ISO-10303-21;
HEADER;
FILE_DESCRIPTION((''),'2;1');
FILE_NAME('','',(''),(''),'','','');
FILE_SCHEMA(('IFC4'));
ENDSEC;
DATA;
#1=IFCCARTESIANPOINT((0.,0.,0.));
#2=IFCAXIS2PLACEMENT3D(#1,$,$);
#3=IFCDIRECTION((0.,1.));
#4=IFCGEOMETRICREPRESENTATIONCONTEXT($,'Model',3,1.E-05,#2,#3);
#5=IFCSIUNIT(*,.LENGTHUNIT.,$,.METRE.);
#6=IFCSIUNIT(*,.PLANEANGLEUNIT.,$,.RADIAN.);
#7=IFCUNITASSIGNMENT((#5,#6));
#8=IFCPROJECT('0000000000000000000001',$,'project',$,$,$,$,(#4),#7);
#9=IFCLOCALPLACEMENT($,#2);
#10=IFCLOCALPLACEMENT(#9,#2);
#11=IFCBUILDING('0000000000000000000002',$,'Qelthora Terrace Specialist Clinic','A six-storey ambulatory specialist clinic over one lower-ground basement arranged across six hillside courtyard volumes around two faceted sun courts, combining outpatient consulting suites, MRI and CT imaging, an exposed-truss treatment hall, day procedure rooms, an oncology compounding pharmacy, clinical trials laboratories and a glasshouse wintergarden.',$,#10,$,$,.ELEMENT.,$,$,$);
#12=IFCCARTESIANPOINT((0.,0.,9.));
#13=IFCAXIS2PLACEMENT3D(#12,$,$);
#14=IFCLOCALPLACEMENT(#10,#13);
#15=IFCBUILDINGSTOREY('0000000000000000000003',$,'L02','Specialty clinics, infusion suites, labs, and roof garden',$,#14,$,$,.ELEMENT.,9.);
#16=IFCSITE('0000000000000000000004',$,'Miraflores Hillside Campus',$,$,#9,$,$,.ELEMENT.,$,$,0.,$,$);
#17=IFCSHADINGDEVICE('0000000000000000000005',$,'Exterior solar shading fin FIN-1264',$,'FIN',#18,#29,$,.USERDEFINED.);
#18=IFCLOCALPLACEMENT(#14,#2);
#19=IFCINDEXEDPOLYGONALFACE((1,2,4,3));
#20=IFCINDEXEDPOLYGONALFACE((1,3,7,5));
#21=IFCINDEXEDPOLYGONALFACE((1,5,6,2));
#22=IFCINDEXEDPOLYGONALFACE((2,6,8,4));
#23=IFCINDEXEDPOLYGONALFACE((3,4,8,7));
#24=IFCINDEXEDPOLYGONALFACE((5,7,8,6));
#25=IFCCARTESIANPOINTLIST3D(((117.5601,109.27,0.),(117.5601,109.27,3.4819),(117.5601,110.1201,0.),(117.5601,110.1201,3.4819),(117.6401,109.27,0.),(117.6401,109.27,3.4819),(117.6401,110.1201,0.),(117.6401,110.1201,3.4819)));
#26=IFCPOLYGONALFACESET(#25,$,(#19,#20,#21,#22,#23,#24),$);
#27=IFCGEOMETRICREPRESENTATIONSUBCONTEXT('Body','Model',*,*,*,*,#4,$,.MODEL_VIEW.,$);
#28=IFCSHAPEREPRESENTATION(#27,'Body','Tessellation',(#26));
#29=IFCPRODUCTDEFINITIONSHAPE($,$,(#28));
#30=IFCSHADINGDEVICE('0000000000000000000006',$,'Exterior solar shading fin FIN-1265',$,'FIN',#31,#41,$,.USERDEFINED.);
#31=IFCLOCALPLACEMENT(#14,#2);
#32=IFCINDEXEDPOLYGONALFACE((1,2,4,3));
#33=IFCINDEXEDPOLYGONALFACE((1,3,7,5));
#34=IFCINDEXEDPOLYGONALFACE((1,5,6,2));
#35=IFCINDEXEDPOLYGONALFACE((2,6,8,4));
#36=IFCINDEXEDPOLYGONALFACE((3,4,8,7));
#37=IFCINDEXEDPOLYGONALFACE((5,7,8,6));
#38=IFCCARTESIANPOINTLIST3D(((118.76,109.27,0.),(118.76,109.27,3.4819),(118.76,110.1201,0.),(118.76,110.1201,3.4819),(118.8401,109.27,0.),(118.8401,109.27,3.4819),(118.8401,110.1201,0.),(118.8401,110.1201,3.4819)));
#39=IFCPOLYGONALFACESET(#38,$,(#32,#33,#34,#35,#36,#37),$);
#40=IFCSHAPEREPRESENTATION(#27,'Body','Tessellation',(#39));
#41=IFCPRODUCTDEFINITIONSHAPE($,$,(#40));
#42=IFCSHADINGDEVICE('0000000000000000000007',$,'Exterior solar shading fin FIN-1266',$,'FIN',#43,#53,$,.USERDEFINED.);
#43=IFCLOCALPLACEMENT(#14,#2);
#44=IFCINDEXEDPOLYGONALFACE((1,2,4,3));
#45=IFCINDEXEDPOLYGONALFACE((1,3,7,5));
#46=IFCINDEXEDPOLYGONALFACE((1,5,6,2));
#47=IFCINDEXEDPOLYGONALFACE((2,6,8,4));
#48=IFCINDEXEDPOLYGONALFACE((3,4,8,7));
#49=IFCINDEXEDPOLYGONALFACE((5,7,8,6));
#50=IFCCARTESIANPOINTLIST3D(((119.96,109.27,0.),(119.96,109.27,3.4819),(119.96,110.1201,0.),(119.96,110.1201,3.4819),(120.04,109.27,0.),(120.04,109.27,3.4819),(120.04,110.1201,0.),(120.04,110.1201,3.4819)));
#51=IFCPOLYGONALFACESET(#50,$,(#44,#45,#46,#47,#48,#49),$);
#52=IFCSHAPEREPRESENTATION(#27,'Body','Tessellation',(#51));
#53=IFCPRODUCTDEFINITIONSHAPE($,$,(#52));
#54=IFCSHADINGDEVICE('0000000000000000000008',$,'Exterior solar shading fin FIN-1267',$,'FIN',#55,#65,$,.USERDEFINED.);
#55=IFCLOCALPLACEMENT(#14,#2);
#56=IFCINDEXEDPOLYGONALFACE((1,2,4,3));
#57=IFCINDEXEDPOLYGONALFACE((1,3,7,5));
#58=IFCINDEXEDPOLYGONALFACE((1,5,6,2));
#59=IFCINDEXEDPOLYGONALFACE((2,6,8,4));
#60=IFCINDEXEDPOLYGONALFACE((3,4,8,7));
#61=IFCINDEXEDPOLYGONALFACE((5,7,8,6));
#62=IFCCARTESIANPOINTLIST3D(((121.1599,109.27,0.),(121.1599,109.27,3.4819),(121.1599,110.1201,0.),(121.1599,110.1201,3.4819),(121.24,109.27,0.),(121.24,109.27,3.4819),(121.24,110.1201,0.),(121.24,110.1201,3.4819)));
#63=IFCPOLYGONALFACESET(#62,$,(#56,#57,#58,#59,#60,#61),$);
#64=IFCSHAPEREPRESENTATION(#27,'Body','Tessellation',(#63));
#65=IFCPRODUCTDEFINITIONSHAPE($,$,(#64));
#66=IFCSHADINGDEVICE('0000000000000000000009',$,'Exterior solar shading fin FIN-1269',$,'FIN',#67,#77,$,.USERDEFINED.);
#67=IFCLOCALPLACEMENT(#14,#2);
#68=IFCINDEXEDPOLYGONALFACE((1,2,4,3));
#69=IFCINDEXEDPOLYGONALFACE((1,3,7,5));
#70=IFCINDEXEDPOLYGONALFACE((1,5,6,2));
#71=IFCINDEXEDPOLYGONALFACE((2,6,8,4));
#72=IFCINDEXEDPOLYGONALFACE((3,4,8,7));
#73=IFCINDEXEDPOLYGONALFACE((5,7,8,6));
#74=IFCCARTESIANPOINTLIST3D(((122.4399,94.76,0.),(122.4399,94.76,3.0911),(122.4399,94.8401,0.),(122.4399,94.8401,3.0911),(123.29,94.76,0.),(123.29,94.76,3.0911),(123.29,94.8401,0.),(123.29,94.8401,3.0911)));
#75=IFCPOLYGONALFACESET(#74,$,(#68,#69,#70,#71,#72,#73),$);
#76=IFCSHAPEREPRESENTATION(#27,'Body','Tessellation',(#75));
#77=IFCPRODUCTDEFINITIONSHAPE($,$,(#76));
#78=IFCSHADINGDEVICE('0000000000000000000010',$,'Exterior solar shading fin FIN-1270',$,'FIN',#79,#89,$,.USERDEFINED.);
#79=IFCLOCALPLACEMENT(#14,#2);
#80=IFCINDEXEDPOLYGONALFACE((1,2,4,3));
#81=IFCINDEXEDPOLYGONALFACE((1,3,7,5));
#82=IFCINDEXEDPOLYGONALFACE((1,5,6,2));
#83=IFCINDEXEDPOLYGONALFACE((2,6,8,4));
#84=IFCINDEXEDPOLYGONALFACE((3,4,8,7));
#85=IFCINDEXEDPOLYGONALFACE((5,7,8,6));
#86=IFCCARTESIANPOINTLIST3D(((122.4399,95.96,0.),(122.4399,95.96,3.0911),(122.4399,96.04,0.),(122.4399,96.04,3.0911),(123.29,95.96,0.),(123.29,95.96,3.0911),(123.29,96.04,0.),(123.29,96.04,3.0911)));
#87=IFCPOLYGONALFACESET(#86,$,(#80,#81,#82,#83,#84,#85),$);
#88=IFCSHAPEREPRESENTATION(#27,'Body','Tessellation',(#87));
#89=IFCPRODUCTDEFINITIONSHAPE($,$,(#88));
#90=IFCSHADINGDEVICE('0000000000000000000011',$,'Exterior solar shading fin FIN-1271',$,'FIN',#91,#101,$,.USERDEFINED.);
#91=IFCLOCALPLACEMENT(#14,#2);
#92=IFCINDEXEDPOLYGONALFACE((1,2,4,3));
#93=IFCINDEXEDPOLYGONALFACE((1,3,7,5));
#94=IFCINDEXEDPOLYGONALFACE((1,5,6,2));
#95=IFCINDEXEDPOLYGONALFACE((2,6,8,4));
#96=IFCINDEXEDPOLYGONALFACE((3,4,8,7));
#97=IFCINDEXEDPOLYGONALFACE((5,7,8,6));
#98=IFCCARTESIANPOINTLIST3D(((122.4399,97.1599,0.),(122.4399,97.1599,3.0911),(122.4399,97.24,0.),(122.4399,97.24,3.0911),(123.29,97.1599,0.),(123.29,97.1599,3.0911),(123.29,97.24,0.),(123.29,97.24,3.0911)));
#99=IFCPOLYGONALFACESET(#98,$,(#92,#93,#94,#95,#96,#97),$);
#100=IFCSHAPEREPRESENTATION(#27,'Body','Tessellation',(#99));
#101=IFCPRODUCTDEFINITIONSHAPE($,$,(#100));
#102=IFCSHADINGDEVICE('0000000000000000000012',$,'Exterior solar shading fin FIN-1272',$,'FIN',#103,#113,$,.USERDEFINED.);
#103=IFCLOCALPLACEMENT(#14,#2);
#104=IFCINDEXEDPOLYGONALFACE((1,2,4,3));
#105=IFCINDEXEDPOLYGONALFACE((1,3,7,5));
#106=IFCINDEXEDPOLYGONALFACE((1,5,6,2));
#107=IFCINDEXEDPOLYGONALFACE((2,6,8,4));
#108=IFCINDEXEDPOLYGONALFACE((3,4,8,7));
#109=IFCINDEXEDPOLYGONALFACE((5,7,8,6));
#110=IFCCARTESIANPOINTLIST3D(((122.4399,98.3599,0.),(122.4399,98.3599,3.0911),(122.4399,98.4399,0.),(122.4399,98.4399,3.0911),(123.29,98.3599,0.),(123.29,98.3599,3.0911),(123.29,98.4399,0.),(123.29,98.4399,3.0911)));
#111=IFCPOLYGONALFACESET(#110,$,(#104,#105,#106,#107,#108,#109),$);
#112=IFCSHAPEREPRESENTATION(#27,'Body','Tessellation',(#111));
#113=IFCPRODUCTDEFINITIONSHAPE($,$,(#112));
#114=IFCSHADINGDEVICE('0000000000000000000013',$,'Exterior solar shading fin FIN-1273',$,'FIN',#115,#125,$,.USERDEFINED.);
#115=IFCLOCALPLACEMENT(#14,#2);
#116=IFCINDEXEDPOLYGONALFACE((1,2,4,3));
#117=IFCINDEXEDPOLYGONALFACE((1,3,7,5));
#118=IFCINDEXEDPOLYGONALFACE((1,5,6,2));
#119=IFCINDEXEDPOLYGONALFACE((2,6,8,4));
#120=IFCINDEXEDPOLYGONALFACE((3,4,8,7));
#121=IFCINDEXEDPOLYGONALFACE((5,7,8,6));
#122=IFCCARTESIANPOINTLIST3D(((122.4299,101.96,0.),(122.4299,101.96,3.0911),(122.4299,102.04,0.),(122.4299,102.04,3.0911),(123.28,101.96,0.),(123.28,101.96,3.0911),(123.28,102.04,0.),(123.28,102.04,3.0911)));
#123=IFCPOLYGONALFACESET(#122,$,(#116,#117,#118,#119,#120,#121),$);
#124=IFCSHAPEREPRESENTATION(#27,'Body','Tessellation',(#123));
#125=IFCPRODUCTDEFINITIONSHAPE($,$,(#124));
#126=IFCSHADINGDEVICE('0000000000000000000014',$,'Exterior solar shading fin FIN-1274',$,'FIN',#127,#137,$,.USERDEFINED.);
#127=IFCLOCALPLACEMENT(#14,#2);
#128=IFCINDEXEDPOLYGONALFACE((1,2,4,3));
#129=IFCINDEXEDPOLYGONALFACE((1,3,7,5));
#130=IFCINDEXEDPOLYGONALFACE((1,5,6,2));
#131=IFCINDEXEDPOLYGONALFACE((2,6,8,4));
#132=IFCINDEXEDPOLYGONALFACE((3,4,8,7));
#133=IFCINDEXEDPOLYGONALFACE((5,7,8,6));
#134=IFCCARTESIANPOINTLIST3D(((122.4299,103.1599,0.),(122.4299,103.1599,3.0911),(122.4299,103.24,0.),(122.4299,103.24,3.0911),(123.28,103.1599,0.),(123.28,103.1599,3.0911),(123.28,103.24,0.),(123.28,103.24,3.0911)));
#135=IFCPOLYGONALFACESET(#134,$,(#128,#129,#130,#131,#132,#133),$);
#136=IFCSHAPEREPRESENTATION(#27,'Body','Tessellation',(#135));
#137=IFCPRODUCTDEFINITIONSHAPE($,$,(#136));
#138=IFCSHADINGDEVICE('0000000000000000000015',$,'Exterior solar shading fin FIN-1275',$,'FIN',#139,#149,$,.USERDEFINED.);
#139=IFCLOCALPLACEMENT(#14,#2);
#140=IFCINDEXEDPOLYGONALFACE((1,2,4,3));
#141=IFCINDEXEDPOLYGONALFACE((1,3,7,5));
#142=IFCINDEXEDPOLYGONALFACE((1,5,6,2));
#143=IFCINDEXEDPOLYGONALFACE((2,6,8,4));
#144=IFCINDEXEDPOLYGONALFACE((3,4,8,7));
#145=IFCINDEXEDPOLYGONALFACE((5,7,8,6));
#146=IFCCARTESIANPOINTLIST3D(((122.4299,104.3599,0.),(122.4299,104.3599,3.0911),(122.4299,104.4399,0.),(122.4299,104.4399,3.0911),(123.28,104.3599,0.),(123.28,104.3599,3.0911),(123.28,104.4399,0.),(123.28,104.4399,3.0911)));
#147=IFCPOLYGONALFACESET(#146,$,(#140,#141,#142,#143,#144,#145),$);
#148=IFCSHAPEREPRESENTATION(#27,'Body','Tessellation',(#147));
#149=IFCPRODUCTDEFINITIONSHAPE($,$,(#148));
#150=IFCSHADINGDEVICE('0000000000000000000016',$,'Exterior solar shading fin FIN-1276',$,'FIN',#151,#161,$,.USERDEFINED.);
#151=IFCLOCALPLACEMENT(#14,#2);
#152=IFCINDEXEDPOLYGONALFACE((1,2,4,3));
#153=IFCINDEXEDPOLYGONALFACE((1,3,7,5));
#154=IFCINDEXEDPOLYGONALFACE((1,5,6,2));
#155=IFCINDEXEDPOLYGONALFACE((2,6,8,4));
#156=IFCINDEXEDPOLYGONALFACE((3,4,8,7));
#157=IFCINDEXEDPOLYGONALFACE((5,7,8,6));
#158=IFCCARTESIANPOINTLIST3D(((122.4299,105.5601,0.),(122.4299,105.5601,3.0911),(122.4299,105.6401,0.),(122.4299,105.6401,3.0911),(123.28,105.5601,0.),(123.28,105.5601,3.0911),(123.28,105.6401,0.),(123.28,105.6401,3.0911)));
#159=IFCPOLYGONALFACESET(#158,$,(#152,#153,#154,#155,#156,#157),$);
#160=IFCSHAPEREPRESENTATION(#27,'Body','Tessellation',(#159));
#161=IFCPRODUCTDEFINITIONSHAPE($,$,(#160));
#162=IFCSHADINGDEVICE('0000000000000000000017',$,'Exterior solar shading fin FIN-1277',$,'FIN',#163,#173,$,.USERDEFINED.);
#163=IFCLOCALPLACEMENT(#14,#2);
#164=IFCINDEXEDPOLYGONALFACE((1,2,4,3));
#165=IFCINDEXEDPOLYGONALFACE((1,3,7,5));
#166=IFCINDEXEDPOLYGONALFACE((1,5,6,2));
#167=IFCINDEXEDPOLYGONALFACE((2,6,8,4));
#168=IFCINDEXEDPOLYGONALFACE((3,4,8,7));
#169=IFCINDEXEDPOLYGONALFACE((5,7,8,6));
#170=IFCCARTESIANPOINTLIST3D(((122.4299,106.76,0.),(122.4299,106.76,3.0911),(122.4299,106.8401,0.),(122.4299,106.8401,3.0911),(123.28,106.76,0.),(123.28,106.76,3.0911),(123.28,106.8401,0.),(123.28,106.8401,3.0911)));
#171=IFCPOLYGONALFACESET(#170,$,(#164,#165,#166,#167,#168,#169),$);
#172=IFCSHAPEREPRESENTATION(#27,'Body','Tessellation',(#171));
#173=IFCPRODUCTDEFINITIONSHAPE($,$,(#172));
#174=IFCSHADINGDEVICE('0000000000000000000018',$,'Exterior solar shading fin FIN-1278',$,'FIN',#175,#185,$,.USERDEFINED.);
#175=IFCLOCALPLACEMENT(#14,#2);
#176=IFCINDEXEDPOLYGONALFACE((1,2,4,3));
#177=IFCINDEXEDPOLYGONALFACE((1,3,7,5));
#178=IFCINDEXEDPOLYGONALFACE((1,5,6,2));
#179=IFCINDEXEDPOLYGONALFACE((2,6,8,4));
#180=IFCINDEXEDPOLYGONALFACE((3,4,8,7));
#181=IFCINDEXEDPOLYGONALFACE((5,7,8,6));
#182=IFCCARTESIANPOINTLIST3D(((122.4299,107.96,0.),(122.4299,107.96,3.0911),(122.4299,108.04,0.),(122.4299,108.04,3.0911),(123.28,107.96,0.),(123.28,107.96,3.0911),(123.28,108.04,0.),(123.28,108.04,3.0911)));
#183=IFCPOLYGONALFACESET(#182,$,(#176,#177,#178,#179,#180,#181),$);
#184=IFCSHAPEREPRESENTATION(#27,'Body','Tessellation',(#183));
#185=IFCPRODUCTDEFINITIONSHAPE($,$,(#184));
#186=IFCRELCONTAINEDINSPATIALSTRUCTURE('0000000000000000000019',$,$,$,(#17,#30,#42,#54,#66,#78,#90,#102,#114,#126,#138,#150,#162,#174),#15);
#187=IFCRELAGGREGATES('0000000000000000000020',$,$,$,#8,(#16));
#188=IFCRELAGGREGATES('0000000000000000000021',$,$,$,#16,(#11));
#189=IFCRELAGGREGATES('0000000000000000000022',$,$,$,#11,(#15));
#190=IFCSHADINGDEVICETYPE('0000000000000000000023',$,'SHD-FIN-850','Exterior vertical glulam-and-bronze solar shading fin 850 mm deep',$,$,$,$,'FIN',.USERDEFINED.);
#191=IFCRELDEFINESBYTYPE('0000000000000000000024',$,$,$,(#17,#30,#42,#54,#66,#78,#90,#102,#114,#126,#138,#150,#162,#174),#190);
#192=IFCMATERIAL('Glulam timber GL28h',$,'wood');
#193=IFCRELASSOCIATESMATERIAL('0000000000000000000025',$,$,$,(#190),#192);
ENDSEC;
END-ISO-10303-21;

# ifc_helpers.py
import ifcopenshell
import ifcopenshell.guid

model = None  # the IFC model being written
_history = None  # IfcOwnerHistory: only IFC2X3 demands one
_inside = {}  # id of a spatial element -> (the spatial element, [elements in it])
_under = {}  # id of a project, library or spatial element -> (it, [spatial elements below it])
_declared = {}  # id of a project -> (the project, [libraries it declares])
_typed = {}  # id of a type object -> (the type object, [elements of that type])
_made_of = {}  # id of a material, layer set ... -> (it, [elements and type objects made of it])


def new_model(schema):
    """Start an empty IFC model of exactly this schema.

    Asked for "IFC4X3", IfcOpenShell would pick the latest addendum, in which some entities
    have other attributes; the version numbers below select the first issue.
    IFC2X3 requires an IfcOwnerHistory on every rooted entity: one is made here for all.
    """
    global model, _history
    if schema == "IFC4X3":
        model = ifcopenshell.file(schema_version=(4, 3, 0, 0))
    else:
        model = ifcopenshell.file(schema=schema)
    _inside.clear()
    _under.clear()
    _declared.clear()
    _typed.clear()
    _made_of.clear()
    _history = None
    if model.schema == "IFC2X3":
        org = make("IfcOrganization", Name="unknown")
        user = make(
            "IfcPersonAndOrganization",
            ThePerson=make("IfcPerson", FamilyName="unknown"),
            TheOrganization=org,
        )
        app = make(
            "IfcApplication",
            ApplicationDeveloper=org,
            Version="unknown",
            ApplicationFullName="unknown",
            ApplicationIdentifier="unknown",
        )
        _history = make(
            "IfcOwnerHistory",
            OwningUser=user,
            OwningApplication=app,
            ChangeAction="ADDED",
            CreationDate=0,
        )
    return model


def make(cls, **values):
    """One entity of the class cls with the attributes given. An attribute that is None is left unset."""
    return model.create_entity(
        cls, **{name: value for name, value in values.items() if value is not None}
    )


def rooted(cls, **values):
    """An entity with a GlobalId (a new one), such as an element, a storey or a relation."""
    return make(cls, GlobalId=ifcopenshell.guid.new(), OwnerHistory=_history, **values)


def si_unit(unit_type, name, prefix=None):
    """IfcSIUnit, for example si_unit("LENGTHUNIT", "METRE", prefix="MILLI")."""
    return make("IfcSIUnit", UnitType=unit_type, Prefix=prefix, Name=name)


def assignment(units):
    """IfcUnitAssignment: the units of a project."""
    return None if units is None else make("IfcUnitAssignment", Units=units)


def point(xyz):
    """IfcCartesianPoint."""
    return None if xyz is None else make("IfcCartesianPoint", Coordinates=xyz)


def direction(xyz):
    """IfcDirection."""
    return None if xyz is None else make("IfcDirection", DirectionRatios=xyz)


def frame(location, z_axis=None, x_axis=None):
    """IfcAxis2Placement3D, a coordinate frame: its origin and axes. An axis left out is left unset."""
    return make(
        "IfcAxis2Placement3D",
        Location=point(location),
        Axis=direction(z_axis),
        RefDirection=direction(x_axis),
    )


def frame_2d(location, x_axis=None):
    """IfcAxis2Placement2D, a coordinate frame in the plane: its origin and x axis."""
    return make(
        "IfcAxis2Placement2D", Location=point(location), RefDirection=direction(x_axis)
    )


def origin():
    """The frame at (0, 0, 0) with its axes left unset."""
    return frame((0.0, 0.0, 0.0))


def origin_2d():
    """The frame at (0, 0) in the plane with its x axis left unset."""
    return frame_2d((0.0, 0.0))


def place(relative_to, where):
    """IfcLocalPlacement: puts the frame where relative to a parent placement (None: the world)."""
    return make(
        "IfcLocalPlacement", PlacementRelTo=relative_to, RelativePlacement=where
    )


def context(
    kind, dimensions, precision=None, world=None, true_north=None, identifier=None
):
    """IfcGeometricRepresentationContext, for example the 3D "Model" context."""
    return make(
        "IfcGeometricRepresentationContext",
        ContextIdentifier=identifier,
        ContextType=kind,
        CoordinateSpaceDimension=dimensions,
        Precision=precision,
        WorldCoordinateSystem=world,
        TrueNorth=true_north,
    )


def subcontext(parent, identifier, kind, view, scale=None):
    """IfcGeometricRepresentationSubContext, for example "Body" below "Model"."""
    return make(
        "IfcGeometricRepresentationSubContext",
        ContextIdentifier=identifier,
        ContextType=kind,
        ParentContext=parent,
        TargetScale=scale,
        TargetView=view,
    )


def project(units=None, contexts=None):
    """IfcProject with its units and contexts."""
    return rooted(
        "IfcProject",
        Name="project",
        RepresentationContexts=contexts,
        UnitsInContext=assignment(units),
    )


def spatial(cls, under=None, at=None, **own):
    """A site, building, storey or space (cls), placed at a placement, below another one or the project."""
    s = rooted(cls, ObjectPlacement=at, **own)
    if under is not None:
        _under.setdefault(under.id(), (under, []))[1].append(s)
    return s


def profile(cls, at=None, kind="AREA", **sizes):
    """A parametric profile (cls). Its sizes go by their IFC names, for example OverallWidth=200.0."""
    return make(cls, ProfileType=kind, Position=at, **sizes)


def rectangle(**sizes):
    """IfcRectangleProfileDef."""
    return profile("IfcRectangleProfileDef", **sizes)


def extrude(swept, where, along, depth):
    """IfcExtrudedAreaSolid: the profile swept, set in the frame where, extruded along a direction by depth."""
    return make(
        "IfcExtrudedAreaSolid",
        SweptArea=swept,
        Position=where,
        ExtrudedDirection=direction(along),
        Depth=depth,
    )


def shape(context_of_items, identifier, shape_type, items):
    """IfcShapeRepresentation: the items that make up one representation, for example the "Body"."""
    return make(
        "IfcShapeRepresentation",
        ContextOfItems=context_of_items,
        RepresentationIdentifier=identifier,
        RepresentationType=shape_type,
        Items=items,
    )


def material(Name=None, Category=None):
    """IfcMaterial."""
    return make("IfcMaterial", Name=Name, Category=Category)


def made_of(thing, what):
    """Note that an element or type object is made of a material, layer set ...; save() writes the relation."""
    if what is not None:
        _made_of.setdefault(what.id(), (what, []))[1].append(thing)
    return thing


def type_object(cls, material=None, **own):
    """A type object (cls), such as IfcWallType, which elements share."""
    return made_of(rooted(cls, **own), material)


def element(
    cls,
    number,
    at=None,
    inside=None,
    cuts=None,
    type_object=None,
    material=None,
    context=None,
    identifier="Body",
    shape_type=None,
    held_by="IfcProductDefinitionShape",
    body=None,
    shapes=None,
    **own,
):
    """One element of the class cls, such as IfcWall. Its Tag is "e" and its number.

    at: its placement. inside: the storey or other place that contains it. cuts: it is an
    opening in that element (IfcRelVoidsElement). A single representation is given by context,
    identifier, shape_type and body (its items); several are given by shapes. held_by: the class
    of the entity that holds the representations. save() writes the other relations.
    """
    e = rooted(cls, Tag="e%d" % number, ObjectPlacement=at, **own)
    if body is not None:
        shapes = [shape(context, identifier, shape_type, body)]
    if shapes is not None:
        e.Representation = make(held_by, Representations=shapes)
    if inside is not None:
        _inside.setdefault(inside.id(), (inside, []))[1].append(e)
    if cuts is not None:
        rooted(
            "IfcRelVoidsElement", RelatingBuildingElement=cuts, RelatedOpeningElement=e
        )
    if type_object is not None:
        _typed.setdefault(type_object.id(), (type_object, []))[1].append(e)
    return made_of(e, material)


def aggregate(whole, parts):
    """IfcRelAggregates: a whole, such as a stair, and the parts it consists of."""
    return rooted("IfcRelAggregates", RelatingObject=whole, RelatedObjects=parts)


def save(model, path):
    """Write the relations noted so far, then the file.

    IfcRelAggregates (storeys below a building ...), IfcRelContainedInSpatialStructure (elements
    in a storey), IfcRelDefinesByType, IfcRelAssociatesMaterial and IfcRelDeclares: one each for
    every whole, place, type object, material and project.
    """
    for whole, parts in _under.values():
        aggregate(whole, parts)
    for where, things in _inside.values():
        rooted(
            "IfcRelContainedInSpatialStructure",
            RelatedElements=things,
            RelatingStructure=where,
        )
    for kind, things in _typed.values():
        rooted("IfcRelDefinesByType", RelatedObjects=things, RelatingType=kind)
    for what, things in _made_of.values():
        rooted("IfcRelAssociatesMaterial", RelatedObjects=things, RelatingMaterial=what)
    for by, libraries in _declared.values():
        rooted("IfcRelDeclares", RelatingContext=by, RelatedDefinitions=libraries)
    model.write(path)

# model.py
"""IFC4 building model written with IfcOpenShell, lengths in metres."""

from ifc_helpers import new_model, si_unit, direction, frame, origin, origin_2d, place, context, subcontext, project, spatial, rectangle, extrude, material, type_object, element, save


model = new_model("IFC4")

# Units and contexts
model_context = context("Model", 3, precision=1e-05, world=origin(), true_north=direction((0.0, 1.0)))
body_context = subcontext(model_context, "Body", "Model", "MODEL_VIEW")
ifc_project = project(units=[si_unit("LENGTHUNIT", "METRE"), si_unit("PLANEANGLEUNIT", "RADIAN")], contexts=[model_context])

# Site, building, storey
site_placement = place(None, origin())
site = spatial("IfcSite", under=ifc_project, at=site_placement, Name="Miraflores Hillside Campus", CompositionType="ELEMENT", RefElevation=0.0)
building_placement = place(site_placement, origin())
building = spatial("IfcBuilding", under=site, at=building_placement, Name="Qelthora Terrace Specialist Clinic", Description="A six-storey ambulatory specialist clinic over one lower-ground basement arranged across six hillside courtyard volumes around two faceted sun courts, combining outpatient consulting suites, MRI and CT imaging, an exposed-truss treatment hall, day procedure rooms, an oncology compounding pharmacy, clinical trials laboratories and a glasshouse wintergarden.", CompositionType="ELEMENT")
storey_placement = place(building_placement, frame((0.0, 0.0, 9.0)))
storey = spatial("IfcBuildingStorey", under=building, at=storey_placement, Name="L02", Description="Specialty clinics, infusion suites, labs, and roof garden", CompositionType="ELEMENT", Elevation=9.0)

# Shared definitions
ifc_material_1 = material(Name="Glulam timber GL28h", Category="wood")

# Shading devices
shading_device_type = type_object("IfcShadingDeviceType", Name="SHD-FIN-850", Description="Exterior vertical glulam-and-bronze solar shading fin 850 mm deep", ElementType="FIN", PredefinedType="USERDEFINED", material=ifc_material_1)
for number, where, z_axis, x_axis, name in (
    (1, (117.6001, 109.6951, 0.0), (0.0, 0.0, 1.0), (0.0, 1.0, 0.0), "Exterior solar shading fin FIN-1264"),
    (2, (118.8, 109.6951, 0.0), (0.0, 0.0, 1.0), (0.0, 1.0, 0.0), "Exterior solar shading fin FIN-1265"),
    (3, (120.0, 109.6951, 0.0), (0.0, 0.0, 1.0), (0.0, 1.0, 0.0), "Exterior solar shading fin FIN-1266"),
    (4, (121.2, 109.6951, 0.0), (0.0, 0.0, 1.0), (0.0, 1.0, 0.0), "Exterior solar shading fin FIN-1267"),
):
    element("IfcShadingDevice", number, at=place(storey_placement, frame(where, z_axis=z_axis, x_axis=x_axis)), inside=storey, type_object=shading_device_type, Name=name, ObjectType="FIN", PredefinedType="USERDEFINED", context=body_context, shape_type="SweptSolid", body=[
        extrude(rectangle(XDim=0.8501, YDim=0.0801, at=origin_2d()), origin(), (0.0, 0.0, 1.0), 3.4819),
    ])
for number, where, z_axis, x_axis, name in (
    (5, (122.865, 94.8, 0.0), (0.0, 0.0, 1.0), (1.0, 0.0, 0.0), "Exterior solar shading fin FIN-1269"),
    (6, (122.865, 96.0, 0.0), (0.0, 0.0, 1.0), (1.0, 0.0, 0.0), "Exterior solar shading fin FIN-1270"),
    (7, (122.865, 97.2, 0.0), (0.0, 0.0, 1.0), (1.0, 0.0, 0.0), "Exterior solar shading fin FIN-1271"),
    (8, (122.865, 98.3999, 0.0), (0.0, 0.0, 1.0), (1.0, 0.0, 0.0), "Exterior solar shading fin FIN-1272"),
    (9, (122.855, 102.0, 0.0), (0.0, 0.0, 1.0), (1.0, 0.0, 0.0), "Exterior solar shading fin FIN-1273"),
    (10, (122.855, 103.2, 0.0), (0.0, 0.0, 1.0), (1.0, 0.0, 0.0), "Exterior solar shading fin FIN-1274"),
    (11, (122.855, 104.3999, 0.0), (0.0, 0.0, 1.0), (1.0, 0.0, 0.0), "Exterior solar shading fin FIN-1275"),
    (12, (122.855, 105.6001, 0.0), (0.0, 0.0, 1.0), (1.0, 0.0, 0.0), "Exterior solar shading fin FIN-1276"),
    (13, (122.855, 106.8, 0.0), (0.0, 0.0, 1.0), (1.0, 0.0, 0.0), "Exterior solar shading fin FIN-1277"),
    (14, (122.855, 108.0, 0.0), (0.0, 0.0, 1.0), (1.0, 0.0, 0.0), "Exterior solar shading fin FIN-1278"),
):
    element("IfcShadingDevice", number, at=place(storey_placement, frame(where, z_axis=z_axis, x_axis=x_axis)), inside=storey, type_object=shading_device_type, Name=name, ObjectType="FIN", PredefinedType="USERDEFINED", context=body_context, shape_type="SweptSolid", body=[
        extrude(rectangle(XDim=0.8501, YDim=0.0801, at=origin_2d()), origin(), (0.0, 0.0, 1.0), 3.0911),
    ])

save(model, "model.ifc")
